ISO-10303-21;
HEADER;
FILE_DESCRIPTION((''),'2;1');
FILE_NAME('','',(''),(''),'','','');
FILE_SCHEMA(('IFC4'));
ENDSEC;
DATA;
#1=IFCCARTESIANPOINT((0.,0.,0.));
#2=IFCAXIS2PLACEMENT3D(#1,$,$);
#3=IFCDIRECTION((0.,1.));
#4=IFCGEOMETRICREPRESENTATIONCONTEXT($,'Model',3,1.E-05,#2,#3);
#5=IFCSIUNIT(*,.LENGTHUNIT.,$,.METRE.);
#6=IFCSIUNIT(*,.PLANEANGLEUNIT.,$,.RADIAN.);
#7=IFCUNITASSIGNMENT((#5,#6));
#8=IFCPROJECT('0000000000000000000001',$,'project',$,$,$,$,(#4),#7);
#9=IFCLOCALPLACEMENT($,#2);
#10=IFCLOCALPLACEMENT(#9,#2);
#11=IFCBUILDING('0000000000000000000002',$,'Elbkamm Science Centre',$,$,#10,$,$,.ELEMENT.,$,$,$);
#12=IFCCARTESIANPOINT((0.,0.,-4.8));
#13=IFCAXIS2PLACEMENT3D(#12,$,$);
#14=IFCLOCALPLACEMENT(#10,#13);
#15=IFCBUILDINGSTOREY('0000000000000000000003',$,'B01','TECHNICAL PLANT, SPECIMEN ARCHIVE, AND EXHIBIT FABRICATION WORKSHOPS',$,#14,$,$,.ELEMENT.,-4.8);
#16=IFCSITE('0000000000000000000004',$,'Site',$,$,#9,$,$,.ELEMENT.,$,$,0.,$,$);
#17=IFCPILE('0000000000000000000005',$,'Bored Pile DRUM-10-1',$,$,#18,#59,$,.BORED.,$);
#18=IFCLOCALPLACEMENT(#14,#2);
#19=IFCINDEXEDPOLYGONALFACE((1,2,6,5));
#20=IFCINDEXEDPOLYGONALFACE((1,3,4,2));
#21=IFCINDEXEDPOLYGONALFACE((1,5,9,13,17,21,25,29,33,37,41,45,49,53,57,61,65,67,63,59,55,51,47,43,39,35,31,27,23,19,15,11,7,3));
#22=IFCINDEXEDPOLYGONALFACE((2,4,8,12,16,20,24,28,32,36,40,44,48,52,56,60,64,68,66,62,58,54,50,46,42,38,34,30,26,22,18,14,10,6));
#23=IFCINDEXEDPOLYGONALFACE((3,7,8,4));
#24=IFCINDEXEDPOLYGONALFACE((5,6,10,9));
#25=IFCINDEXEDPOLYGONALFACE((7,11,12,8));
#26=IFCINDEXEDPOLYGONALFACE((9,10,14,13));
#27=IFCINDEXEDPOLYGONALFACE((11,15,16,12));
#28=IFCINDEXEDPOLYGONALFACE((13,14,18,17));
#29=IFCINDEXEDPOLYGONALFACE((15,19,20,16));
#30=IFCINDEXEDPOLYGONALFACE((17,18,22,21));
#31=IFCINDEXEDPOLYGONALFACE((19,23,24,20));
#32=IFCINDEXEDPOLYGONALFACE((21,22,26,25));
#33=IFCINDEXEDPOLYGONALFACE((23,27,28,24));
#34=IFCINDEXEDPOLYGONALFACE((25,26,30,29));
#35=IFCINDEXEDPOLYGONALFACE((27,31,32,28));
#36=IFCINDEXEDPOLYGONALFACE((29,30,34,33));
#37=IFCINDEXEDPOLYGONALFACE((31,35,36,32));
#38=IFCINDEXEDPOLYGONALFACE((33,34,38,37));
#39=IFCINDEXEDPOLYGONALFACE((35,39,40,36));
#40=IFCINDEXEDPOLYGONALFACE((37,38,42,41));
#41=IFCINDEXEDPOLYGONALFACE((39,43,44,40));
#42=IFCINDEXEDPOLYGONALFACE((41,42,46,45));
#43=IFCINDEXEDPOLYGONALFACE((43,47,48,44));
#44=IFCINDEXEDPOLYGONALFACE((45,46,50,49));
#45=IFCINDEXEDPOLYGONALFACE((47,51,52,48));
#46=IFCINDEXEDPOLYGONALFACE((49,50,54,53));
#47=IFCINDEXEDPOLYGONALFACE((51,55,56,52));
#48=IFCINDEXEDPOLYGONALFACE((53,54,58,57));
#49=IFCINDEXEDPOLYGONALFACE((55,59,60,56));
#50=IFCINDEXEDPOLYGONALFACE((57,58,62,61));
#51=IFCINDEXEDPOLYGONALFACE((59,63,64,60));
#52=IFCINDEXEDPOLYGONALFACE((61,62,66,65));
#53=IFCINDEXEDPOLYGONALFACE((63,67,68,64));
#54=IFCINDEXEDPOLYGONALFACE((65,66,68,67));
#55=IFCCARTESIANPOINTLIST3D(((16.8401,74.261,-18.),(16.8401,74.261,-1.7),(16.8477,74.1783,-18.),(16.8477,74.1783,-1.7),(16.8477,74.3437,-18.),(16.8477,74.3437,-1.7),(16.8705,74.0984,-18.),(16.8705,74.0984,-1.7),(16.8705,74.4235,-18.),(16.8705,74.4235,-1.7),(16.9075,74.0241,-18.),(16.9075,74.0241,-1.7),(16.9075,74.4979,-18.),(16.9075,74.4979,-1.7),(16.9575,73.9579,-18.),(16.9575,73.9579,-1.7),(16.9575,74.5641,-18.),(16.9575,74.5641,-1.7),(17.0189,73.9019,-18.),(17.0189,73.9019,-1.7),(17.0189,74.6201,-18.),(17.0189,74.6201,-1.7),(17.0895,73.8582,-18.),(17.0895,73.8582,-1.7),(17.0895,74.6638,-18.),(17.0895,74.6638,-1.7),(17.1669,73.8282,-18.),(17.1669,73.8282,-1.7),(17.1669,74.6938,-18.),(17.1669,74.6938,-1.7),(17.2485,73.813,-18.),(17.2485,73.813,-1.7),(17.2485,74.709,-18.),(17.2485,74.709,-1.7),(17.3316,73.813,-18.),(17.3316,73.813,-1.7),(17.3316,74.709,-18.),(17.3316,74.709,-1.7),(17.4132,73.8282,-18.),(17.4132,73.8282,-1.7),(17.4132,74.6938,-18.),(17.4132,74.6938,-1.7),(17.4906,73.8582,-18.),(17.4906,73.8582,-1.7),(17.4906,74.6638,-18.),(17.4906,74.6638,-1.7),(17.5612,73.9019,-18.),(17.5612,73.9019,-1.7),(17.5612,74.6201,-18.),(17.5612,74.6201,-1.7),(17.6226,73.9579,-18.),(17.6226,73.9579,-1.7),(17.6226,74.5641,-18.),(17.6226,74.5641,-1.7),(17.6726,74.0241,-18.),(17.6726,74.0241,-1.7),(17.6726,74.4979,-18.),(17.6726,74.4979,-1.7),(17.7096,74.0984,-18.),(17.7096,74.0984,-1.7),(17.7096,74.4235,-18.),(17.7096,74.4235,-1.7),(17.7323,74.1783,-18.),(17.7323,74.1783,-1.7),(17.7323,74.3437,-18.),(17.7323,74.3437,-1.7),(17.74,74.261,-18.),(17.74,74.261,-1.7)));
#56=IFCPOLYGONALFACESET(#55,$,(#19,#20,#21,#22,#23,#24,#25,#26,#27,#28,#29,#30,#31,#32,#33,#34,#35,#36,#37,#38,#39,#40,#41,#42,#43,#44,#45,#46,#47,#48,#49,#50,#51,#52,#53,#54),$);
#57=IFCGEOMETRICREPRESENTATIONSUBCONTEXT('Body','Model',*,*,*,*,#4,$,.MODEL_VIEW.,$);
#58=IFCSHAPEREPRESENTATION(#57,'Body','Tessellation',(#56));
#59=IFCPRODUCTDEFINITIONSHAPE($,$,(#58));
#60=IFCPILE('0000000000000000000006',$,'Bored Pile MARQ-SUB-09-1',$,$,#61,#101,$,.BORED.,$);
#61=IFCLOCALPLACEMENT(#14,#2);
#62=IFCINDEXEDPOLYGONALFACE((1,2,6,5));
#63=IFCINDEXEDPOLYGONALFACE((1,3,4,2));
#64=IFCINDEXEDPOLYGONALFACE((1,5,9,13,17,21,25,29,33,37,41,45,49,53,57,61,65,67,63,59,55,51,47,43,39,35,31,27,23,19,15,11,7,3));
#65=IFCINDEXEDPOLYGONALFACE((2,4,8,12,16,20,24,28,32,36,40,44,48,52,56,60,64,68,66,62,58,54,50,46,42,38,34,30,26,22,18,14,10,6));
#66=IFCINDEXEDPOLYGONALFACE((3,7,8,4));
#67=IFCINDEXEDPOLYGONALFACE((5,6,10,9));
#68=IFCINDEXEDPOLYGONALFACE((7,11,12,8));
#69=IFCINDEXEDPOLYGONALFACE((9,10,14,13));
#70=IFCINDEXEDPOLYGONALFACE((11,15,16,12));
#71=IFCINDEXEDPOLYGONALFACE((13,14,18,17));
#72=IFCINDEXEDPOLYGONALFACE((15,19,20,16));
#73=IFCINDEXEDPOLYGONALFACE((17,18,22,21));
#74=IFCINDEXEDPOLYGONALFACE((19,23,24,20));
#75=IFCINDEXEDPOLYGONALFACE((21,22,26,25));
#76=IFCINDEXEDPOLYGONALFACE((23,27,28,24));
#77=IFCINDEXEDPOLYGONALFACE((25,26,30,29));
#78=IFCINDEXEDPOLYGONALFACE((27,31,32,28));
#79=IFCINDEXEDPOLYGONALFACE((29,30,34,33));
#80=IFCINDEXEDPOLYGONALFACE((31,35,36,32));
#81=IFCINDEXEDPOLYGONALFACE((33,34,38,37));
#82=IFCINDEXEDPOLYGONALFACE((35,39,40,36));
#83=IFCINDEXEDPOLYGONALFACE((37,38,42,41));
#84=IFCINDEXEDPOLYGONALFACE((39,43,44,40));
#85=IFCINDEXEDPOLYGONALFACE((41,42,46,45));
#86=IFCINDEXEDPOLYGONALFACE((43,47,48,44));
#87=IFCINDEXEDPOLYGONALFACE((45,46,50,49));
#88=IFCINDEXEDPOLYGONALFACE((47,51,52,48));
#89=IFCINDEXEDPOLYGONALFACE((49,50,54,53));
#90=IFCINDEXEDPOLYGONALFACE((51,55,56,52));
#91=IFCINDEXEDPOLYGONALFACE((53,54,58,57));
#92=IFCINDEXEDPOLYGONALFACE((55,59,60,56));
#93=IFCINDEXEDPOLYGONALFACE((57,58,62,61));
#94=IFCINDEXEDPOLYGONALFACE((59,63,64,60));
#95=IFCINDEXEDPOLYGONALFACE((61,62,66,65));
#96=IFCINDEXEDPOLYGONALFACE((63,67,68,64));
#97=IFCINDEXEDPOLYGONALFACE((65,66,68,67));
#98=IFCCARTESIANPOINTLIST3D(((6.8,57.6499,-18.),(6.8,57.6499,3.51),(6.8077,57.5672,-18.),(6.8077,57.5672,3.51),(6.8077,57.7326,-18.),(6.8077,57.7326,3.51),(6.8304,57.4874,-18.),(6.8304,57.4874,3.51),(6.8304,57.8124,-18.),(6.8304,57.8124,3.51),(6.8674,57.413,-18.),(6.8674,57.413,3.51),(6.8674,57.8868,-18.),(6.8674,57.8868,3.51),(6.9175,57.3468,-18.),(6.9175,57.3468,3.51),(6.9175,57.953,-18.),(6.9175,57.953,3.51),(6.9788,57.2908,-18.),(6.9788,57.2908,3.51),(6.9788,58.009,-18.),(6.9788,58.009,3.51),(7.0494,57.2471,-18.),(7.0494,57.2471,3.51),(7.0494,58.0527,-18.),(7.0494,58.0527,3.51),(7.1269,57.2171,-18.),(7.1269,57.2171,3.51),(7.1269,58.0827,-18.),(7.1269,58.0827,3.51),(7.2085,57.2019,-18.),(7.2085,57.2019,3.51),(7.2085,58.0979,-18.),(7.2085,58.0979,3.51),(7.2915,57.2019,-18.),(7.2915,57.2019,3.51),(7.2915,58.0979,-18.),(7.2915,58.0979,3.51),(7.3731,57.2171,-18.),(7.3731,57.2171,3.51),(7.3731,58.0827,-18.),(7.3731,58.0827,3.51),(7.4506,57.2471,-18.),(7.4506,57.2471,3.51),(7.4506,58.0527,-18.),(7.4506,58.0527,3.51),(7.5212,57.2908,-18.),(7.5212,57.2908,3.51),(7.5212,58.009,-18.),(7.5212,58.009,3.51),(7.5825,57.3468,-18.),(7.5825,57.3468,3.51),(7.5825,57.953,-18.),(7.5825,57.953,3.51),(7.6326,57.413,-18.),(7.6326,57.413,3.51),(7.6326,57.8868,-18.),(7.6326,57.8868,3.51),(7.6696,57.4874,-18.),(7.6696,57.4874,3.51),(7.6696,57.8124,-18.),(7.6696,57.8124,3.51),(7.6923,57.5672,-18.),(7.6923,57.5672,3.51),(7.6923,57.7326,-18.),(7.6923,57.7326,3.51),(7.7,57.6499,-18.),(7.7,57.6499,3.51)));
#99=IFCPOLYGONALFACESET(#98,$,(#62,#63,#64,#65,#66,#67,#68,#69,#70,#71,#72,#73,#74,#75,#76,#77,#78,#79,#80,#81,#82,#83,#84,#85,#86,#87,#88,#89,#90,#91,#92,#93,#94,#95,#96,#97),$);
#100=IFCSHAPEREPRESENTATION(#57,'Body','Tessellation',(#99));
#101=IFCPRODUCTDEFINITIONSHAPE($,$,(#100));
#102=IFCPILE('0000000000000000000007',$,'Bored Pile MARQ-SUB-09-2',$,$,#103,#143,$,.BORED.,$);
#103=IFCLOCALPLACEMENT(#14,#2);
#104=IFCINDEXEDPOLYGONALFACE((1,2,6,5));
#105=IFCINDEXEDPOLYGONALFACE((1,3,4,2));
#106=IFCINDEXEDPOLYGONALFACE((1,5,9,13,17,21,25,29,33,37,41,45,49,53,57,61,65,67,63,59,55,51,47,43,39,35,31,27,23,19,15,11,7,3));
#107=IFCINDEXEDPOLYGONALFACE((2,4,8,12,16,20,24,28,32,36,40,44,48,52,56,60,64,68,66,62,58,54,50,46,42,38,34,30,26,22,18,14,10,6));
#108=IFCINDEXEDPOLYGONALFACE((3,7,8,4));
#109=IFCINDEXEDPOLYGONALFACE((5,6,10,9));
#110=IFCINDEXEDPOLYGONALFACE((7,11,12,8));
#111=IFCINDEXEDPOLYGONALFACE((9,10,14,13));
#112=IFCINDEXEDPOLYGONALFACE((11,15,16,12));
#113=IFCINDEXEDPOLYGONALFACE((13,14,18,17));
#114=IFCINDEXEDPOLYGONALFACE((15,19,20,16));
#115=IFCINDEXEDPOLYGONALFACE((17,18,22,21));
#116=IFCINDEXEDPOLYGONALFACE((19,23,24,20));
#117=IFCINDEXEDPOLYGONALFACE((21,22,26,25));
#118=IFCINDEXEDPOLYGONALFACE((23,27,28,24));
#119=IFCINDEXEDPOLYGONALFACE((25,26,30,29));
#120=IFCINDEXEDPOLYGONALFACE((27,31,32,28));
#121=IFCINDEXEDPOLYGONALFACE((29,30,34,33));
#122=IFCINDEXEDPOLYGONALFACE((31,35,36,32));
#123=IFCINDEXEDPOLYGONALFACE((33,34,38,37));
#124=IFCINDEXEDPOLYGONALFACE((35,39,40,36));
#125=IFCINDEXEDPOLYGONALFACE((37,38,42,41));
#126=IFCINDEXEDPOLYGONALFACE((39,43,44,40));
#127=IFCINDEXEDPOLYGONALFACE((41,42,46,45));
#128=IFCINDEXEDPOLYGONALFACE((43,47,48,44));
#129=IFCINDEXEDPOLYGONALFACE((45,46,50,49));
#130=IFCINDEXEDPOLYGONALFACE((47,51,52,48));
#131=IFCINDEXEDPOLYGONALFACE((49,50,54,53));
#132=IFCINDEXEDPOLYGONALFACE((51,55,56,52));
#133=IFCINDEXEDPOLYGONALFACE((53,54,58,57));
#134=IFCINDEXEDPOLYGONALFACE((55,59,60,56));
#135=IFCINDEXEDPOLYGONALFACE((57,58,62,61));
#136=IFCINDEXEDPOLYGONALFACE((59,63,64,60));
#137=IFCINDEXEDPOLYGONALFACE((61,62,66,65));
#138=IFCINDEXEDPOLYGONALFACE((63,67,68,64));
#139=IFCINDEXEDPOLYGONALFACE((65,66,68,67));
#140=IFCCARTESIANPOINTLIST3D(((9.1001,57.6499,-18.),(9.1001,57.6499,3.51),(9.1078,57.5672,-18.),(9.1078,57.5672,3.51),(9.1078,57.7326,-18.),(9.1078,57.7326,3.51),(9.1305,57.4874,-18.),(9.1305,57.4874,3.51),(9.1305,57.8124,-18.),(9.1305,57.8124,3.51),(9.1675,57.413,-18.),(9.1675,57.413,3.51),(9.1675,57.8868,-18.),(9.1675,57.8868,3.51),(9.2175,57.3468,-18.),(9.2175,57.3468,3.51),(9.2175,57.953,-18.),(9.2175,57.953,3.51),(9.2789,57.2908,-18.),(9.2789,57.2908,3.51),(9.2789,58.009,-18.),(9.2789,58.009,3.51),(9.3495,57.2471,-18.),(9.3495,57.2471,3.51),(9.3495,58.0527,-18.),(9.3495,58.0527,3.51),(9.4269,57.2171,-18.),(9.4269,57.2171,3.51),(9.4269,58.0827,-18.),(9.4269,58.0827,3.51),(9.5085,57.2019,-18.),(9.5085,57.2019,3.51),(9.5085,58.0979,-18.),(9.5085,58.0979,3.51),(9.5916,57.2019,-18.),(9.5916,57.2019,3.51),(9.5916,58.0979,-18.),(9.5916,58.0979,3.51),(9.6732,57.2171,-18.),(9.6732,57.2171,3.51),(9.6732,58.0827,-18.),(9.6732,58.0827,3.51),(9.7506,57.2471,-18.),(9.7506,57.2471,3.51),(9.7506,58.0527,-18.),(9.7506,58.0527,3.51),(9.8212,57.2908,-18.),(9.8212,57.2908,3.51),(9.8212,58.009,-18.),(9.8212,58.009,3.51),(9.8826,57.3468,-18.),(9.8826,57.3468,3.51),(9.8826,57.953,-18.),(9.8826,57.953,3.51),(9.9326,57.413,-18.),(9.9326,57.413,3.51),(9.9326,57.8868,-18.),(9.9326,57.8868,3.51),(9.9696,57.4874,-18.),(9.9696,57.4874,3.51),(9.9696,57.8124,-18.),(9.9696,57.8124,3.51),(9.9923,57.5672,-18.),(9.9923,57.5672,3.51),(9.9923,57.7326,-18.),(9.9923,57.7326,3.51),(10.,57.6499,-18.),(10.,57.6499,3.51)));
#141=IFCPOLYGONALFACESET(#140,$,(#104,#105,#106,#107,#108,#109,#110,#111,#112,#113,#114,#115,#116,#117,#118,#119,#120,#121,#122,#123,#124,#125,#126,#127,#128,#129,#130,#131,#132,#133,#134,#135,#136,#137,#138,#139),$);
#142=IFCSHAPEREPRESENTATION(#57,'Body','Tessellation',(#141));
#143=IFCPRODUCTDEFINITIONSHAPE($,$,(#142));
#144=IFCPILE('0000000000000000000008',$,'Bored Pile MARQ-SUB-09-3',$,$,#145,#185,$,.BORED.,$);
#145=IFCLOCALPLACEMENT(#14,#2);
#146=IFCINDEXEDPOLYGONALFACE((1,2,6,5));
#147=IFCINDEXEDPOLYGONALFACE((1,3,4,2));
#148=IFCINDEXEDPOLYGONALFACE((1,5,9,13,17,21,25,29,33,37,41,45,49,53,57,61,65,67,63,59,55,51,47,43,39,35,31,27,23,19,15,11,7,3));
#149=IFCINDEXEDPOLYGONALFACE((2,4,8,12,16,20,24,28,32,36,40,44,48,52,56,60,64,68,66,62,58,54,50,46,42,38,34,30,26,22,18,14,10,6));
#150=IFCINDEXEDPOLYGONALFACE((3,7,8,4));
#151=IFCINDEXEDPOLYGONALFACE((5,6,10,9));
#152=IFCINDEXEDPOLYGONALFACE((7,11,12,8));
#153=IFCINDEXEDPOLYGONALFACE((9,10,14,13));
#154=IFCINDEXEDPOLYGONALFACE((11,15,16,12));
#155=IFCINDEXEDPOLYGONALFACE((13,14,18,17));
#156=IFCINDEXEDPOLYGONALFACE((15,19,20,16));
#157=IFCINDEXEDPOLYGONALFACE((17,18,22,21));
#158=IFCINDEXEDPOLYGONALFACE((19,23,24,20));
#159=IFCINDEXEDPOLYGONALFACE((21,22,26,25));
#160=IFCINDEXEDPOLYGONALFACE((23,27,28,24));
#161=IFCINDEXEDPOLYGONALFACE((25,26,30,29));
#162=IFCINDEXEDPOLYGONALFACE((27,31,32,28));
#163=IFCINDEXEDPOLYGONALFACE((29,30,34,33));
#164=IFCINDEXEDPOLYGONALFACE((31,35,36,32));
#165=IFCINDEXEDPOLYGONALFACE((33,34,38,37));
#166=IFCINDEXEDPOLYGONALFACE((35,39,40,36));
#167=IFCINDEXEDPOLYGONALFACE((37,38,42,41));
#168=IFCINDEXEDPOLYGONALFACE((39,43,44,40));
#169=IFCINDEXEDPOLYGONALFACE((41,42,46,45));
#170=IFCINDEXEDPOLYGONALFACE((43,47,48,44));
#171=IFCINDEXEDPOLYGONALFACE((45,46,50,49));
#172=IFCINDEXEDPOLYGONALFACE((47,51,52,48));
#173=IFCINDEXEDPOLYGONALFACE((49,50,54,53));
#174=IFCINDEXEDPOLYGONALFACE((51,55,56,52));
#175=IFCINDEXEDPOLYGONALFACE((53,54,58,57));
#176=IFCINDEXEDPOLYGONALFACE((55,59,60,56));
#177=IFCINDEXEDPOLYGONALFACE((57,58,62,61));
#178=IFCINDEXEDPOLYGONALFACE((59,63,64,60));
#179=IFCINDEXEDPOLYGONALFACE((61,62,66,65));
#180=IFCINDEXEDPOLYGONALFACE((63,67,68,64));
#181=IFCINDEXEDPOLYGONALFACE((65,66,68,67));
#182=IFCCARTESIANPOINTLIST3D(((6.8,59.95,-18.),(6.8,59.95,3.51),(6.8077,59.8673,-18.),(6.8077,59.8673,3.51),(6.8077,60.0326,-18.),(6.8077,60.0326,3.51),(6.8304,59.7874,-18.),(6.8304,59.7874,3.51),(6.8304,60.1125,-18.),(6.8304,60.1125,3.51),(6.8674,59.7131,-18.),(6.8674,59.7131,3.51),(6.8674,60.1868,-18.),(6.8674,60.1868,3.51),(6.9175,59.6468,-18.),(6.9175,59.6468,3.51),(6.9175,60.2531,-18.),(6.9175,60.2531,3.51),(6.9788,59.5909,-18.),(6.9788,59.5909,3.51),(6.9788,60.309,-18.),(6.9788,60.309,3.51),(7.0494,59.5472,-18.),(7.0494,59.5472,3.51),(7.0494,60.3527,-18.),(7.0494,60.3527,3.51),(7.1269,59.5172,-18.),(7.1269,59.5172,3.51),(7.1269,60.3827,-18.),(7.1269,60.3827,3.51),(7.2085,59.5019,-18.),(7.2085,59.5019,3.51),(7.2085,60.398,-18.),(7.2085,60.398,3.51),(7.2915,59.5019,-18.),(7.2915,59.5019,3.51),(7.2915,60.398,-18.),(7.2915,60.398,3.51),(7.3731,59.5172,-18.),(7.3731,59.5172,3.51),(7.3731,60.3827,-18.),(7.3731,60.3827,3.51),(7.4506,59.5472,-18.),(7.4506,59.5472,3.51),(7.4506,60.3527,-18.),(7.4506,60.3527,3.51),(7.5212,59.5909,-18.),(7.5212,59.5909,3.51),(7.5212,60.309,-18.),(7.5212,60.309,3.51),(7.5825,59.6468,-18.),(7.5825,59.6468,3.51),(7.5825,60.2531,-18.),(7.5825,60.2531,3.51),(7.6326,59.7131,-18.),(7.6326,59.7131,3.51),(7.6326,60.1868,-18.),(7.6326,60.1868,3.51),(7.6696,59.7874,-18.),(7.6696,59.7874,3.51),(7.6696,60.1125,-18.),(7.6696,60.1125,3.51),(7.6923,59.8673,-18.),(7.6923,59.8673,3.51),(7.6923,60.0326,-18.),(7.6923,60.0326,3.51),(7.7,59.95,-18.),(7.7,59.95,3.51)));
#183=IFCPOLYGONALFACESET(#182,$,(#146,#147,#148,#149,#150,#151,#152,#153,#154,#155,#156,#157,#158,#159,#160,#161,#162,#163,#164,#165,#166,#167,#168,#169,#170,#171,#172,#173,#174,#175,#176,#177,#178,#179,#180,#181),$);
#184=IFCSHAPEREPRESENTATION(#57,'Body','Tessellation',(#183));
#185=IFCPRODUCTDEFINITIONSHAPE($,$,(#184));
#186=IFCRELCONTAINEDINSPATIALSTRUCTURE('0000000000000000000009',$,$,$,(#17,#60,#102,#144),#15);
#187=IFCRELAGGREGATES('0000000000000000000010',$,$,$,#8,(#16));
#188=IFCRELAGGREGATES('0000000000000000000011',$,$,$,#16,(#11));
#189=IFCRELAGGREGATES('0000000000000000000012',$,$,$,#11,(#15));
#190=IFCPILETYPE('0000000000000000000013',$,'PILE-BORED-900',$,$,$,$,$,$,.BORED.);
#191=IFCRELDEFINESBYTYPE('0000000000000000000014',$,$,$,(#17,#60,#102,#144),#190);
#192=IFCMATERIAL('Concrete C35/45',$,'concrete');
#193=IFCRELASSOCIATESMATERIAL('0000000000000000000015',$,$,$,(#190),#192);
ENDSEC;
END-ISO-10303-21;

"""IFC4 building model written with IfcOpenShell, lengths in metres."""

from ifc_helpers import new_model, si_unit, direction, frame, origin, origin_2d, place, context, subcontext, project, spatial, circle, extrude, material, material_profile, profile_set, type_object, element, save


model = new_model("IFC4")

# Units and contexts
model_context = context("Model", 3, precision=1e-05, world=origin(), true_north=direction((0.0, 1.0)))
body_context = subcontext(model_context, "Body", "Model", "MODEL_VIEW")
ifc_project = project(units=[si_unit("LENGTHUNIT", "METRE"), si_unit("PLANEANGLEUNIT", "RADIAN")], contexts=[model_context])

# Site, building, storey
site_placement = place(None, origin())
site = spatial("IfcSite", under=ifc_project, at=site_placement, Name="Site", CompositionType="ELEMENT", RefElevation=0.0)
building_placement = place(site_placement, origin())
building = spatial("IfcBuilding", under=site, at=building_placement, Name="Elbkamm Science Centre", CompositionType="ELEMENT")
storey_placement = place(building_placement, frame((0.0, 0.0, -4.8)))
storey = spatial("IfcBuildingStorey", under=building, at=storey_placement, Name="B01", Description="TECHNICAL PLANT, SPECIMEN ARCHIVE, AND EXHIBIT FABRICATION WORKSHOPS", CompositionType="ELEMENT", Elevation=-4.8)

# Shared definitions
ifc_material_1 = material(Name="Concrete C35/45", Category="concrete")

# Piles
ifc_material_profile_1 = material_profile(ifc_material_1, circle(Radius=0.45, at=origin_2d()), Name="PILE D900")
ifc_profile_set_1 = profile_set([ifc_material_profile_1], Name="Concrete C35/45")
pile_type_1 = type_object("IfcPileType", Name="PILE-BORED-900", PredefinedType="BORED", material=ifc_profile_set_1)
pile_placement = place(storey_placement, frame((17.29, 74.261, -1.7), z_axis=(0.0, 0.0, -1.0), x_axis=(1.0, 0.0, 0.0)))
element("IfcPile", 1, at=pile_placement, inside=storey, type_object=pile_type_1, Name="Bored Pile DRUM-10-1", PredefinedType="BORED", context=body_context, shape_type="SweptSolid", body=[
    extrude(circle(Radius=0.45, at=origin_2d()), origin(), (0.0, 0.0, 1.0), 16.3),
])
for number, where, z_axis, x_axis, name in (
    (2, (7.25, 57.6499, 3.51), (0.0, 0.0, -1.0), (1.0, 0.0, 0.0), "Bored Pile MARQ-SUB-09-1"),
    (3, (9.55, 57.6499, 3.51), (0.0, 0.0, -1.0), (1.0, 0.0, 0.0), "Bored Pile MARQ-SUB-09-2"),
    (4, (7.25, 59.95, 3.51), (0.0, 0.0, -1.0), (1.0, 0.0, 0.0), "Bored Pile MARQ-SUB-09-3"),
):
    element("IfcPile", number, at=place(storey_placement, frame(where, z_axis=z_axis, x_axis=x_axis)), inside=storey, type_object=pile_type_1, Name=name, PredefinedType="BORED", context=body_context, shape_type="SweptSolid", body=[
        extrude(circle(Radius=0.45, at=origin_2d()), origin(), (0.0, 0.0, 1.0), 21.51),
    ])

save(model, "model.ifc")
